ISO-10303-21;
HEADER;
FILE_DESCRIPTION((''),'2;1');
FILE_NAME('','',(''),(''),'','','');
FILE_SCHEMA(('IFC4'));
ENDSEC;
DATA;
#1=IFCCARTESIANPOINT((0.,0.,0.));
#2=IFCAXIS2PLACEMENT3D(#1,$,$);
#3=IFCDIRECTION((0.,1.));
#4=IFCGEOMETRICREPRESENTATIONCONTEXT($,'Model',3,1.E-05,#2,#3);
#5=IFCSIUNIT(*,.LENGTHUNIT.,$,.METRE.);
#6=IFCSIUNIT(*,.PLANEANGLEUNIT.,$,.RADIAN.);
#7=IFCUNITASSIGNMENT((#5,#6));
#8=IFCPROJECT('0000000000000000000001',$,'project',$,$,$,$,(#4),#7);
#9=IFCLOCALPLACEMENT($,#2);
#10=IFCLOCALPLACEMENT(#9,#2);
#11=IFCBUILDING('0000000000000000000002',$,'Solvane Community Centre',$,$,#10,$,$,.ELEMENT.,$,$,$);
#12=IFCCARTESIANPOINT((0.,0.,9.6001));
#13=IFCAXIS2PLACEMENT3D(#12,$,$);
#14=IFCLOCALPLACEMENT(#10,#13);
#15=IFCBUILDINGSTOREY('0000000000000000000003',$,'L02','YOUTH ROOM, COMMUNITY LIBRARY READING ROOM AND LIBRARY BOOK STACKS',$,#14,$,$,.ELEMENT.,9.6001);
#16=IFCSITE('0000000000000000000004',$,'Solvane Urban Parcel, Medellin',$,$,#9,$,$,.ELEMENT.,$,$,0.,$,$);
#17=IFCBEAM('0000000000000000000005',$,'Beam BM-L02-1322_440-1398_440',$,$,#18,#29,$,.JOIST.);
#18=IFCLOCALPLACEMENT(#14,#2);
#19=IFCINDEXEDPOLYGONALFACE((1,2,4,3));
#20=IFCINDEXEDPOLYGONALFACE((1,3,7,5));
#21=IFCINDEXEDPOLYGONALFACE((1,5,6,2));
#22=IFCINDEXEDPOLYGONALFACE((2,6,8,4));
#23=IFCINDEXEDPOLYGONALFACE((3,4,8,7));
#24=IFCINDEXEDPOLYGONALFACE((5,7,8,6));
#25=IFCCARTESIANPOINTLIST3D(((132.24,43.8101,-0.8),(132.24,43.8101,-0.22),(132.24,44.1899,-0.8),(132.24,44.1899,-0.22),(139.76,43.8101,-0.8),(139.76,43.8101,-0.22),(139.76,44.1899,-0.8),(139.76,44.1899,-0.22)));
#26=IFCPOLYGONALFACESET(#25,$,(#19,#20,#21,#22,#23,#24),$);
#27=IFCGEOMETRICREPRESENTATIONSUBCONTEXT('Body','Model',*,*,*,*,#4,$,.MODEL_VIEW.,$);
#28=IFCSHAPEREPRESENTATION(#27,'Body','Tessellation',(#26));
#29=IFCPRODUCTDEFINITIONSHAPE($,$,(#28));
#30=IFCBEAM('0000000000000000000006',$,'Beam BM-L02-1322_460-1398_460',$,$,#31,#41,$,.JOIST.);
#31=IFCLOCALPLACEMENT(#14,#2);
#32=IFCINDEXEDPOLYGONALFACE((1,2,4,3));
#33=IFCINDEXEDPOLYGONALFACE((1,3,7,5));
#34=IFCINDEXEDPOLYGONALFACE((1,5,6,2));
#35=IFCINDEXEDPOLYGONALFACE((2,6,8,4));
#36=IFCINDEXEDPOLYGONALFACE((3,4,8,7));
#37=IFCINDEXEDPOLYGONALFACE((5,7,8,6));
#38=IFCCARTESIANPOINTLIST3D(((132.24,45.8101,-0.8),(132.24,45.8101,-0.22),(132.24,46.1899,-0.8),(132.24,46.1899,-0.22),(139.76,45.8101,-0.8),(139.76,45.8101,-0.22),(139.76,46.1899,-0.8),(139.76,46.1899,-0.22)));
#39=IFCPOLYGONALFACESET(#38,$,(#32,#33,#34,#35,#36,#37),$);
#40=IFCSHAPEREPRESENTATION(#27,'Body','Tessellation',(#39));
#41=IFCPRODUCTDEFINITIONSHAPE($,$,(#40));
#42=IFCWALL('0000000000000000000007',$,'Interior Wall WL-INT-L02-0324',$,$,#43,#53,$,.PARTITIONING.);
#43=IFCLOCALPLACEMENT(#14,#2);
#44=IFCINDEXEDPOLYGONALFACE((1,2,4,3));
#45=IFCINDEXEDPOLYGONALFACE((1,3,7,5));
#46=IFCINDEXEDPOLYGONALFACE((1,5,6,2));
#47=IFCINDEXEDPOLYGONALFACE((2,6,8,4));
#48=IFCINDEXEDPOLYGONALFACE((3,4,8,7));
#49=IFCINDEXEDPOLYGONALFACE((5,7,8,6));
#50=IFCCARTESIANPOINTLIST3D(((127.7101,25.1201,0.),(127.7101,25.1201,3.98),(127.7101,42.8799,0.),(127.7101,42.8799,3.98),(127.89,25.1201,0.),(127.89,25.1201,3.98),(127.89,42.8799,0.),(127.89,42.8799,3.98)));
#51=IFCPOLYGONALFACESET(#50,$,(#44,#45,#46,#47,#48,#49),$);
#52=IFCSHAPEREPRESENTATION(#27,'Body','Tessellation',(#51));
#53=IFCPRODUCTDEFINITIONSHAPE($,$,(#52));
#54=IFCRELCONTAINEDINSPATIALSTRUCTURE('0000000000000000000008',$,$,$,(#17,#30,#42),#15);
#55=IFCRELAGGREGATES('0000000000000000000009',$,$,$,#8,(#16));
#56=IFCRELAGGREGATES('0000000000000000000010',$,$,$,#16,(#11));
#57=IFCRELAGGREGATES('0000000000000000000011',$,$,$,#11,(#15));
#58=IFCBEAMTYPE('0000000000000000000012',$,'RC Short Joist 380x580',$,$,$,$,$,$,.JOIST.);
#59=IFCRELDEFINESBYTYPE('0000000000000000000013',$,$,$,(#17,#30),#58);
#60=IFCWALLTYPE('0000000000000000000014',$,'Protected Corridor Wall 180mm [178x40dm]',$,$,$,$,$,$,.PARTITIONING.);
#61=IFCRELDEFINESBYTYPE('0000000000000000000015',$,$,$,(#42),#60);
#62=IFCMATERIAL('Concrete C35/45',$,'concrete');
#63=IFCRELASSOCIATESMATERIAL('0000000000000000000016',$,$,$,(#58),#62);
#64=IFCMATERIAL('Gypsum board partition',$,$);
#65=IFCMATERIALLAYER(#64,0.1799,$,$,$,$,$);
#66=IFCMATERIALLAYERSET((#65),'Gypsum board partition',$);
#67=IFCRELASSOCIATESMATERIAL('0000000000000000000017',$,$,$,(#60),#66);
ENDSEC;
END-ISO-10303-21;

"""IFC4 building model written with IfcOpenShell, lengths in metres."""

from ifc_helpers import new_model, si_unit, direction, frame, frame_2d, origin, origin_2d, place, context, subcontext, project, spatial, rectangle, extrude, material, layer, layer_set, material_profile, profile_set, type_object, element, save


model = new_model("IFC4")

# Units and contexts
model_context = context("Model", 3, precision=1e-05, world=origin(), true_north=direction((0.0, 1.0)))
body_context = subcontext(model_context, "Body", "Model", "MODEL_VIEW")
ifc_project = project(units=[si_unit("LENGTHUNIT", "METRE"), si_unit("PLANEANGLEUNIT", "RADIAN")], contexts=[model_context])

# Site, building, storey
site_placement = place(None, origin())
site = spatial("IfcSite", under=ifc_project, at=site_placement, Name="Solvane Urban Parcel, Medellin", CompositionType="ELEMENT", RefElevation=0.0)
building_placement = place(site_placement, origin())
building = spatial("IfcBuilding", under=site, at=building_placement, Name="Solvane Community Centre", CompositionType="ELEMENT")
storey_placement = place(building_placement, frame((0.0, 0.0, 9.6001)))
storey = spatial("IfcBuildingStorey", under=building, at=storey_placement, Name="L02", Description="YOUTH ROOM, COMMUNITY LIBRARY READING ROOM AND LIBRARY BOOK STACKS", CompositionType="ELEMENT", Elevation=9.6001)

# Beams
ifc_material_1 = material(Name="Concrete C35/45", Category="concrete")
ifc_material_profile_1 = material_profile(ifc_material_1, rectangle(XDim=0.3799, YDim=0.5801, at=origin_2d()), Name="RC 380x580")
ifc_profile_set_1 = profile_set([ifc_material_profile_1], Name="Concrete C35/45")
beam_type_1 = type_object("IfcBeamType", Name="RC Short Joist 380x580", PredefinedType="JOIST", material=ifc_profile_set_1)
for number, where, z_axis, x_axis, name in (
    (1, (132.24, 44.0, -0.51), (1.0, 0.0, 0.0), (0.0, 1.0, 0.0), "Beam BM-L02-1322_440-1398_440"),
    (2, (132.24, 46.0, -0.51), (1.0, 0.0, 0.0), (0.0, 1.0, 0.0), "Beam BM-L02-1322_460-1398_460"),
):
    element("IfcBeam", number, at=place(storey_placement, frame(where, z_axis=z_axis, x_axis=x_axis)), inside=storey, type_object=beam_type_1, Name=name, PredefinedType="JOIST", context=body_context, shape_type="SweptSolid", body=[
        extrude(rectangle(XDim=0.3799, YDim=0.5801, at=origin_2d()), origin(), (0.0, 0.0, 1.0), 7.52),
    ])

# Wall
ifc_material_2 = material(Name="Gypsum board partition")
ifc_layer = layer(ifc_material_2, 0.1799)
ifc_layer_set = layer_set([ifc_layer], Name="Gypsum board partition")
wall_type = type_object("IfcWallType", Name="Protected Corridor Wall 180mm [178x40dm]", PredefinedType="PARTITIONING", material=ifc_layer_set)
wall_placement = place(storey_placement, frame((127.8, 42.8799, 0.0), z_axis=(0.0, 0.0, 1.0), x_axis=(0.0, -1.0, 0.0)))
element("IfcWall", 3, at=wall_placement, inside=storey, type_object=wall_type, Name="Interior Wall WL-INT-L02-0324", PredefinedType="PARTITIONING", context=body_context, shape_type="SweptSolid", body=[
    extrude(rectangle(XDim=17.7598, YDim=0.1799, at=frame_2d((8.8799, 0.0))), origin(), (0.0, 0.0, 1.0), 3.98),
])

save(model, "model.ifc")
